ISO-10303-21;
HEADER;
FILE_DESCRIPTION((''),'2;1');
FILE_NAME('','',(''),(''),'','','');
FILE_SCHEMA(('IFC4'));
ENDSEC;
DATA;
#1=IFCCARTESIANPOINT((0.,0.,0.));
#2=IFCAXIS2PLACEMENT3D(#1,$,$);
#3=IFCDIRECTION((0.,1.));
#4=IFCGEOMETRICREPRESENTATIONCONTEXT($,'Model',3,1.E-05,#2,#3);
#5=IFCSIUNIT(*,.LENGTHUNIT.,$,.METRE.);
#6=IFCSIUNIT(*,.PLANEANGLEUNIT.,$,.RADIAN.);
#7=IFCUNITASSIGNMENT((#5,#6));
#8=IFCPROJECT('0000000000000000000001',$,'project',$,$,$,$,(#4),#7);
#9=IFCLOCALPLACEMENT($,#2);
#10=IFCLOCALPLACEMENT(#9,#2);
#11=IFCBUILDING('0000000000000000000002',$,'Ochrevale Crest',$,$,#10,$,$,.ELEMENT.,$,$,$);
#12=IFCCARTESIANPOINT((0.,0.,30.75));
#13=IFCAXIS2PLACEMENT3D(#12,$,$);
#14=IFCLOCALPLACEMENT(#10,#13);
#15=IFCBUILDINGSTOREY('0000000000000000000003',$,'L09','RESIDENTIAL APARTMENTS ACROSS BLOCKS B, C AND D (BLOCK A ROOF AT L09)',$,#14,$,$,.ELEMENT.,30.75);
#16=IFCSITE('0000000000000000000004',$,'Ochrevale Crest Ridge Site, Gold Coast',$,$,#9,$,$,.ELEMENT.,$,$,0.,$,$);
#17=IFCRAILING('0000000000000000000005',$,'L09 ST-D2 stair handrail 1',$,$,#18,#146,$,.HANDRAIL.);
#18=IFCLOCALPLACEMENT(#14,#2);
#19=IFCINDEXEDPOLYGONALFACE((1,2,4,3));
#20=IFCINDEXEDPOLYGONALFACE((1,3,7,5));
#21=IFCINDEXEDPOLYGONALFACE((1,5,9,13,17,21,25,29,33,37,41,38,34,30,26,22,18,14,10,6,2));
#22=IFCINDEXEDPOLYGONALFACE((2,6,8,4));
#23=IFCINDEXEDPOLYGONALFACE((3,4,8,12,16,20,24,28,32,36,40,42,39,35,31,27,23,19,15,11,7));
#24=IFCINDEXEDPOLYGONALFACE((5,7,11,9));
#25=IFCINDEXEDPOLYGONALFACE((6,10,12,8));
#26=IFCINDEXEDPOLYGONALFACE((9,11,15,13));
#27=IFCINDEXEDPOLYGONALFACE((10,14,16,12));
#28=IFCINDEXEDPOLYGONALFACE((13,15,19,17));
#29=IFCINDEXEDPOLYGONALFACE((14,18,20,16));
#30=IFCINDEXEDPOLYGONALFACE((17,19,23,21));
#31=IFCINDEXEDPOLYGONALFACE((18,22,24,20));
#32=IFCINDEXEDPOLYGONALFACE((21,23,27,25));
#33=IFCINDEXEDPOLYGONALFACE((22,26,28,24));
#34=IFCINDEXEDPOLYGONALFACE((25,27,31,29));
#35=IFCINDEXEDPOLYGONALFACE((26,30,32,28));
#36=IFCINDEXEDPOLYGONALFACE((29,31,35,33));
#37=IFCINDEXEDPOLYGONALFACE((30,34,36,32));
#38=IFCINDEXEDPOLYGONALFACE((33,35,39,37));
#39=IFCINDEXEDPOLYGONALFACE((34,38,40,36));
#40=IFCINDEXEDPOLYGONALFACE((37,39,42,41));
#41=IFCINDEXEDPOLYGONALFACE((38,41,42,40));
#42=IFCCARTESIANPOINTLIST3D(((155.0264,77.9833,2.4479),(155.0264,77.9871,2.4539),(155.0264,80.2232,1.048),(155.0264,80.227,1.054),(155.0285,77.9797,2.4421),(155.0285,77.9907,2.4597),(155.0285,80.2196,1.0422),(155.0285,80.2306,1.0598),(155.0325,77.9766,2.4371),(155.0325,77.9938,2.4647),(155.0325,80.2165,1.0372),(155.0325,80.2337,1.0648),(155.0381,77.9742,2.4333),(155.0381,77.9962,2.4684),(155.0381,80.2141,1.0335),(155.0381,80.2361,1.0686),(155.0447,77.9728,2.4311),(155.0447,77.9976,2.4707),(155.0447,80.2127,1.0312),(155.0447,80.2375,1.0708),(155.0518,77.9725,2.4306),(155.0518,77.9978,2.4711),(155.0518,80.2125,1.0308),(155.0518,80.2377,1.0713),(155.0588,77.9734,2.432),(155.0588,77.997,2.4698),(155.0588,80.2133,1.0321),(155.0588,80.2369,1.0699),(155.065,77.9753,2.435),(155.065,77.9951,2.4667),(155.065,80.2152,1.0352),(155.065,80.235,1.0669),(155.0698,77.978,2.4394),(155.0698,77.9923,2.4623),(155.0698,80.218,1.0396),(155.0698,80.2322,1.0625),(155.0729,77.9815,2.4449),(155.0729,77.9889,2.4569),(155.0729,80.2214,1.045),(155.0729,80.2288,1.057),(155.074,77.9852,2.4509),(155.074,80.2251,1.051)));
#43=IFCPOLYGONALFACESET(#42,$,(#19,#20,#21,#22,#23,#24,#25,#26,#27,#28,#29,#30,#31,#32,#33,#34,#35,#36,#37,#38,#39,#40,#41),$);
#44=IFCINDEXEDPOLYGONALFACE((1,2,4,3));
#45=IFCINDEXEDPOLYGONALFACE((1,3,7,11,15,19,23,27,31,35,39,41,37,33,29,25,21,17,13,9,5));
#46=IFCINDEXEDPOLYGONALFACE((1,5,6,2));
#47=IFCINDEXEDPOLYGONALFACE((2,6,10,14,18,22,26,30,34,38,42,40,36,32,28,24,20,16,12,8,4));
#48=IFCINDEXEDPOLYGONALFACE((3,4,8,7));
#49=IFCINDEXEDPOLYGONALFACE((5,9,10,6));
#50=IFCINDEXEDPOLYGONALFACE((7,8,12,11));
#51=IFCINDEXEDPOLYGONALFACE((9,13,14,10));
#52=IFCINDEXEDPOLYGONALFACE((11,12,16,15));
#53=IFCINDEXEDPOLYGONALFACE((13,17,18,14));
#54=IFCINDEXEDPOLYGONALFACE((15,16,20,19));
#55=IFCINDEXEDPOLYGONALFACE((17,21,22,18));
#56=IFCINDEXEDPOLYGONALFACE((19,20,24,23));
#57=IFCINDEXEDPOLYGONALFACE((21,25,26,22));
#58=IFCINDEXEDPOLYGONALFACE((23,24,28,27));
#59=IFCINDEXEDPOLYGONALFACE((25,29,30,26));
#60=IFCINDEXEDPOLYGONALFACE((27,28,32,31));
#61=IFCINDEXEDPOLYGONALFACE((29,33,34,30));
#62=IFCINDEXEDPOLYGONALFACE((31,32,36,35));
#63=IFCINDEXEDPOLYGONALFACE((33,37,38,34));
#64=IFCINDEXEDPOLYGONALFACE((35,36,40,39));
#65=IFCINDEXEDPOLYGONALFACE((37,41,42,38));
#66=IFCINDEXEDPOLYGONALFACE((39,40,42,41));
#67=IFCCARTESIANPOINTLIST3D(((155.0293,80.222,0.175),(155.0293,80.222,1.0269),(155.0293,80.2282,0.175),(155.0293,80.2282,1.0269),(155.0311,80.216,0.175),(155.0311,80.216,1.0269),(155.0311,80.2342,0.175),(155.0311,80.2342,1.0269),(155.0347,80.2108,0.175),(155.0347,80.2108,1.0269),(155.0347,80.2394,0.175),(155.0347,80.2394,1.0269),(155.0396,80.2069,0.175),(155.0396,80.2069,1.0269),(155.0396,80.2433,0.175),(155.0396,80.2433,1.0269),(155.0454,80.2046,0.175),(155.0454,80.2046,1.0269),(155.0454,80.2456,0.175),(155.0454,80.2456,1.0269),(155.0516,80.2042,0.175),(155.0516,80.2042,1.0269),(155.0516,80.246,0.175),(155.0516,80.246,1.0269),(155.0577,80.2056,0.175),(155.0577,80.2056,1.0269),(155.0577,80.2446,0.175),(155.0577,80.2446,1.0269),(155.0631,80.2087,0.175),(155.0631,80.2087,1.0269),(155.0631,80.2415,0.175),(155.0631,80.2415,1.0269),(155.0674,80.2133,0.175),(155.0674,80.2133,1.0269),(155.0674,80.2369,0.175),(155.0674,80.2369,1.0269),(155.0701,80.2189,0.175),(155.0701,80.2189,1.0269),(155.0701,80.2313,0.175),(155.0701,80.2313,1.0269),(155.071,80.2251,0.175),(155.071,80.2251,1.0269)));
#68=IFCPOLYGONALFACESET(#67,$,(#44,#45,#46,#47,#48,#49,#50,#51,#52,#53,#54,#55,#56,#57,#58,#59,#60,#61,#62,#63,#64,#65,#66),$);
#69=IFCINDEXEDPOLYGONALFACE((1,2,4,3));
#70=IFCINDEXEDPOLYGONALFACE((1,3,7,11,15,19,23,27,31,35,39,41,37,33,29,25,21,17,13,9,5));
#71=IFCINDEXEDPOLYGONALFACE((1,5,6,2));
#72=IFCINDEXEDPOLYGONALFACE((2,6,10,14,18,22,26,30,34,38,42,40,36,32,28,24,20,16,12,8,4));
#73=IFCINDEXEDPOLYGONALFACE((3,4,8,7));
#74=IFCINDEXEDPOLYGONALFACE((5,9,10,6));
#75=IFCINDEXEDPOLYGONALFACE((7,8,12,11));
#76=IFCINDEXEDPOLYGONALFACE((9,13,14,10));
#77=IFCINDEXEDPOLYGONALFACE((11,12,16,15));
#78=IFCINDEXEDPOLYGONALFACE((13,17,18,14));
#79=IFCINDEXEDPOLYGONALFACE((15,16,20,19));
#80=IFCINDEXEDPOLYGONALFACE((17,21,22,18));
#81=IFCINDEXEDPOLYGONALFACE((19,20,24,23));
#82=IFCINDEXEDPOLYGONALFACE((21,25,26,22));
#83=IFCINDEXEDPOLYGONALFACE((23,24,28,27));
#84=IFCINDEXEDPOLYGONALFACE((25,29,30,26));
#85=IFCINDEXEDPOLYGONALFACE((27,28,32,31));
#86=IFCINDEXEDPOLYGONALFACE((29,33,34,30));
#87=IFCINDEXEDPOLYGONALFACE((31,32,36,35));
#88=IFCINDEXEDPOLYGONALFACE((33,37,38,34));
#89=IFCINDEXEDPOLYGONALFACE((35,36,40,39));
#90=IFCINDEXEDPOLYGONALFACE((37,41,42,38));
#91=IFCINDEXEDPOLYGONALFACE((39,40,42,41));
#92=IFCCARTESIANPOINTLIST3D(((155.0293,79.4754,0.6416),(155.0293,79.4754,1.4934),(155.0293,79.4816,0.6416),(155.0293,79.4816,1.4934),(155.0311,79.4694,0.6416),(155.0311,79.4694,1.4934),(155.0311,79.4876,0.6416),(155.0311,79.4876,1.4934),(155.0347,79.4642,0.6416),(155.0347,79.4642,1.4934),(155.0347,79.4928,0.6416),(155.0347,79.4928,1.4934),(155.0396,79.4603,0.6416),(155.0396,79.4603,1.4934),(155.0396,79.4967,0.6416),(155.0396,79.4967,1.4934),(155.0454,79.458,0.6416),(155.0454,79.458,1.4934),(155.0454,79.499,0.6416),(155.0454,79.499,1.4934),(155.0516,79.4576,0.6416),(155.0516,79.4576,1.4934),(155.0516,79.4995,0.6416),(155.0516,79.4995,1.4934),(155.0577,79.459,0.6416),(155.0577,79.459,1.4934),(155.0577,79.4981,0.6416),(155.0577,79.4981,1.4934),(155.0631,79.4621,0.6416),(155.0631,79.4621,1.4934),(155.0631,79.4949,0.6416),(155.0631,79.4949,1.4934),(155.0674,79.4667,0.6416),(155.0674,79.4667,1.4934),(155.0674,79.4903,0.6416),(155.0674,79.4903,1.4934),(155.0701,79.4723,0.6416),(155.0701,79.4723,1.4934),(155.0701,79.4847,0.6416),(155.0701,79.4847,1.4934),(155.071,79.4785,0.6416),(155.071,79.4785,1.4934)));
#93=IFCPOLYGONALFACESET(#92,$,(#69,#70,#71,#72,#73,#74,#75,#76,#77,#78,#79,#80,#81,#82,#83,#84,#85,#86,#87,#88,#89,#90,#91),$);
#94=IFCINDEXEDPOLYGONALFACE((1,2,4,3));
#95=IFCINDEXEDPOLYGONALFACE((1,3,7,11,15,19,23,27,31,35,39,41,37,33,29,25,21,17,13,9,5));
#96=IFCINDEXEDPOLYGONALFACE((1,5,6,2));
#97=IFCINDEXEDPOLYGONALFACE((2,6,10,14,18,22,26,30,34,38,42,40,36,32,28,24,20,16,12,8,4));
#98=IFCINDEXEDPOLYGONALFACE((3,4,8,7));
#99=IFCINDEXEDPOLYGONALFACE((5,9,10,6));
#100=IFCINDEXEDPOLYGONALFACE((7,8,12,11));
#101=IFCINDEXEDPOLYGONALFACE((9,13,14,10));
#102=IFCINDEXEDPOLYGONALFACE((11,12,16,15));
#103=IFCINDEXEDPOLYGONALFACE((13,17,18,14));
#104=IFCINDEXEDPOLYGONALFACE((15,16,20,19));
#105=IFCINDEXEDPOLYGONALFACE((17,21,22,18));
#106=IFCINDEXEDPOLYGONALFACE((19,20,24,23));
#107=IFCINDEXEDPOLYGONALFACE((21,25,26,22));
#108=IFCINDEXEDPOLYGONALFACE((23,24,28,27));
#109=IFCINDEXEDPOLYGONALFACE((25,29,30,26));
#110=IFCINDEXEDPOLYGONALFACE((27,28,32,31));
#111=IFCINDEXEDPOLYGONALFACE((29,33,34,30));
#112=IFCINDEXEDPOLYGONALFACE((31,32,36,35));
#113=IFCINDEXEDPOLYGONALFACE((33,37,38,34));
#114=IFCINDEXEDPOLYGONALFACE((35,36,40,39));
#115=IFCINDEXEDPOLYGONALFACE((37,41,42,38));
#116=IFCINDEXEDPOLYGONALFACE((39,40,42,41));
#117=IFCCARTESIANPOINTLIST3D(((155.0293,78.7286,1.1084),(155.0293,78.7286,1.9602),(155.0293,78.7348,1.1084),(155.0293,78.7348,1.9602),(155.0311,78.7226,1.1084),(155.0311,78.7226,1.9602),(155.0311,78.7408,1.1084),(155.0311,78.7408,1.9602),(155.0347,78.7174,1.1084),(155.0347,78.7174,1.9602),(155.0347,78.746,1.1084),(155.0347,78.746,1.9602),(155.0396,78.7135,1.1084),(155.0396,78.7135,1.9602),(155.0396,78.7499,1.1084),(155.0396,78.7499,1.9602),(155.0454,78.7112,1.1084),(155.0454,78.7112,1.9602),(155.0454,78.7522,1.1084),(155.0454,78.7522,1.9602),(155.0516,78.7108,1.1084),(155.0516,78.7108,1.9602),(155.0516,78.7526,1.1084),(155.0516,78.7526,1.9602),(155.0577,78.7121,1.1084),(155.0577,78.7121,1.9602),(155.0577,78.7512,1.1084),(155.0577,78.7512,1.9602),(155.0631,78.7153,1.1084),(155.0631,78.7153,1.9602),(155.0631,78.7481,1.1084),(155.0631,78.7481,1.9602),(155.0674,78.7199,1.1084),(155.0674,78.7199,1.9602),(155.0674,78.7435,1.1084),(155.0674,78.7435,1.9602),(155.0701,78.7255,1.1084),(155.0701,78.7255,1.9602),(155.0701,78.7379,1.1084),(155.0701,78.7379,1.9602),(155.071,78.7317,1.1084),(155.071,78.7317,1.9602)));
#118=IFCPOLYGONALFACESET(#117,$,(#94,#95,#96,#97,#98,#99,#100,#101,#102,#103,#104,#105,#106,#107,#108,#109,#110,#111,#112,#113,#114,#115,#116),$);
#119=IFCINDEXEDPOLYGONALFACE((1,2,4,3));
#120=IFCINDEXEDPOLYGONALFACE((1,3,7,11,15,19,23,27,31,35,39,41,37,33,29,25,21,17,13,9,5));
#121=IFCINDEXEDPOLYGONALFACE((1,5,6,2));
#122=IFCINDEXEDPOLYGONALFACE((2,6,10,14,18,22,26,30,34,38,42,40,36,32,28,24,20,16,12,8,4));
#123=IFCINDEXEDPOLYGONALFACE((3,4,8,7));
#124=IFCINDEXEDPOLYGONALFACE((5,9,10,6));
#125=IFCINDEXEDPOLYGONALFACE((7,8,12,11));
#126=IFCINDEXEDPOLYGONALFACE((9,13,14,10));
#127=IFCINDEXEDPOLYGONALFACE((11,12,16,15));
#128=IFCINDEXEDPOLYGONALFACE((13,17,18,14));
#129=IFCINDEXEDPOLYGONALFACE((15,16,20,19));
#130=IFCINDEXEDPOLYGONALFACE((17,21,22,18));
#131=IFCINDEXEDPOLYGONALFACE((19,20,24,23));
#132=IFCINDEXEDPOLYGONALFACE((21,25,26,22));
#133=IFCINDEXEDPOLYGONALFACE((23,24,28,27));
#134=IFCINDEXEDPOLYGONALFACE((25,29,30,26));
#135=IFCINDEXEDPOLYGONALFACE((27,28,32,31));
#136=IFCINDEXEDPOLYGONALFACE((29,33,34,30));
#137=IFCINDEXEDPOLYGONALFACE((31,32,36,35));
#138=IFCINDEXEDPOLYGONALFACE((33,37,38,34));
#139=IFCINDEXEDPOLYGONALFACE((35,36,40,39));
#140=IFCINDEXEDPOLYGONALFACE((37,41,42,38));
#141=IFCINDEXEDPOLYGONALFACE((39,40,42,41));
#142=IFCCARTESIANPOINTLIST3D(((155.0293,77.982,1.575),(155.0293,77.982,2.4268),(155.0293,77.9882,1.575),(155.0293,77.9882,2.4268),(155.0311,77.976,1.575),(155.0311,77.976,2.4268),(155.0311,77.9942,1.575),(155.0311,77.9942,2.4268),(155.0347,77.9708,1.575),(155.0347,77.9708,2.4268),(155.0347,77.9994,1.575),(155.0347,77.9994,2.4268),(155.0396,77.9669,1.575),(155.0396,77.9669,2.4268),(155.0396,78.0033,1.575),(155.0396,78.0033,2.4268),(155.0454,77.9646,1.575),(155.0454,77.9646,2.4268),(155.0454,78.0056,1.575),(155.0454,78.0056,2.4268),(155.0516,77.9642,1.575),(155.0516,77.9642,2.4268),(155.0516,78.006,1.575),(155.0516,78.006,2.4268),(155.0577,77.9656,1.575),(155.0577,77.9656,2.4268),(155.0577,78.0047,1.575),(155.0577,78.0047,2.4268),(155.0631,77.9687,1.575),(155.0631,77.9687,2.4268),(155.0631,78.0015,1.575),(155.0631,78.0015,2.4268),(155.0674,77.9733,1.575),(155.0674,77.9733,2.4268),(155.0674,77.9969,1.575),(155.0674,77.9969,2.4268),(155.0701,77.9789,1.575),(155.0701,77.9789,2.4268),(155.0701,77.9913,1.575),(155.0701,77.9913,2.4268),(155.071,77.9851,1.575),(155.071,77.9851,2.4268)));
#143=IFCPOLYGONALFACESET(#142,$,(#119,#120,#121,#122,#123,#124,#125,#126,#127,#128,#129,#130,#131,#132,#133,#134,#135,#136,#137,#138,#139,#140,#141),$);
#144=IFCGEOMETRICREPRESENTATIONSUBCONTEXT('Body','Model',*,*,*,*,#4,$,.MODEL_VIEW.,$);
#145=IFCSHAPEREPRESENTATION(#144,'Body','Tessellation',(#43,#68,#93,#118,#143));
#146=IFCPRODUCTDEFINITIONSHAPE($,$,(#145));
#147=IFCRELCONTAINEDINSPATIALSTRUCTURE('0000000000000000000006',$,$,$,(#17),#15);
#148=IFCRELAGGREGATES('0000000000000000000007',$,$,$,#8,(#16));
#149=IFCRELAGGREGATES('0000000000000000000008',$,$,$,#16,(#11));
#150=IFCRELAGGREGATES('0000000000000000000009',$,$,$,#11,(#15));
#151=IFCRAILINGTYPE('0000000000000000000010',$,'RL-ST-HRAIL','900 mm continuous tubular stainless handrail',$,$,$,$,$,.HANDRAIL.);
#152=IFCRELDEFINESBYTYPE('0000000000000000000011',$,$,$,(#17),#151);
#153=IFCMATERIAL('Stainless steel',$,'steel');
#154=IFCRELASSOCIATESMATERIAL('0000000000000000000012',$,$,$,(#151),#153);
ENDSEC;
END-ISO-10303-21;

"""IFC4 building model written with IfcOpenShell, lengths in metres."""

from ifc_helpers import new_model, si_unit, direction, frame, origin, origin_2d, place, context, subcontext, project, spatial, circle, extrude, material, type_object, element, save


model = new_model("IFC4")

# Units and contexts
model_context = context("Model", 3, precision=1e-05, world=origin(), true_north=direction((0.0, 1.0)))
body_context = subcontext(model_context, "Body", "Model", "MODEL_VIEW")
ifc_project = project(units=[si_unit("LENGTHUNIT", "METRE"), si_unit("PLANEANGLEUNIT", "RADIAN")], contexts=[model_context])

# Site, building, storey
site_placement = place(None, origin())
site = spatial("IfcSite", under=ifc_project, at=site_placement, Name="Ochrevale Crest Ridge Site, Gold Coast", CompositionType="ELEMENT", RefElevation=0.0)
building_placement = place(site_placement, origin())
building = spatial("IfcBuilding", under=site, at=building_placement, Name="Ochrevale Crest", CompositionType="ELEMENT")
storey_placement = place(building_placement, frame((0.0, 0.0, 30.75)))
storey = spatial("IfcBuildingStorey", under=building, at=storey_placement, Name="L09", Description="RESIDENTIAL APARTMENTS ACROSS BLOCKS B, C AND D (BLOCK A ROOF AT L09)", CompositionType="ELEMENT", Elevation=30.75)

# Railing
ifc_material_1 = material(Name="Stainless steel", Category="steel")
railing_type_1 = type_object("IfcRailingType", Name="RL-ST-HRAIL", Description="900 mm continuous tubular stainless handrail", PredefinedType="HANDRAIL", material=ifc_material_1)
railing_1_placement = place(storey_placement, frame((155.05, 80.2251, 0.175)))
element("IfcRailing", 1, at=railing_1_placement, inside=storey, type_object=railing_type_1, Name="L09 ST-D2 stair handrail 1", PredefinedType="HANDRAIL", context=body_context, shape_type="SweptSolid", body=[
    extrude(circle(Radius=0.0239, at=origin_2d()), frame((0.0, 0.0, 0.876), z_axis=(0.0, -0.848014, 0.529974), x_axis=(1.0, 0.0, 0.0)), (0.0, 0.0, 1.0), 2.6414),
    extrude(circle(Radius=0.021, at=origin_2d()), origin(), (0.0, 0.0, 1.0), 0.8518),
    extrude(circle(Radius=0.021, at=origin_2d()), frame((0.0, -0.7466, 0.4666)), (0.0, 0.0, 1.0), 0.8518),
    extrude(circle(Radius=0.021, at=origin_2d()), frame((0.0, -1.4934, 0.9333)), (0.0, 0.0, 1.0), 0.8518),
    extrude(circle(Radius=0.021, at=origin_2d()), frame((0.0, -2.24, 1.3999)), (0.0, 0.0, 1.0), 0.8518),
])

save(model, "model.ifc")
